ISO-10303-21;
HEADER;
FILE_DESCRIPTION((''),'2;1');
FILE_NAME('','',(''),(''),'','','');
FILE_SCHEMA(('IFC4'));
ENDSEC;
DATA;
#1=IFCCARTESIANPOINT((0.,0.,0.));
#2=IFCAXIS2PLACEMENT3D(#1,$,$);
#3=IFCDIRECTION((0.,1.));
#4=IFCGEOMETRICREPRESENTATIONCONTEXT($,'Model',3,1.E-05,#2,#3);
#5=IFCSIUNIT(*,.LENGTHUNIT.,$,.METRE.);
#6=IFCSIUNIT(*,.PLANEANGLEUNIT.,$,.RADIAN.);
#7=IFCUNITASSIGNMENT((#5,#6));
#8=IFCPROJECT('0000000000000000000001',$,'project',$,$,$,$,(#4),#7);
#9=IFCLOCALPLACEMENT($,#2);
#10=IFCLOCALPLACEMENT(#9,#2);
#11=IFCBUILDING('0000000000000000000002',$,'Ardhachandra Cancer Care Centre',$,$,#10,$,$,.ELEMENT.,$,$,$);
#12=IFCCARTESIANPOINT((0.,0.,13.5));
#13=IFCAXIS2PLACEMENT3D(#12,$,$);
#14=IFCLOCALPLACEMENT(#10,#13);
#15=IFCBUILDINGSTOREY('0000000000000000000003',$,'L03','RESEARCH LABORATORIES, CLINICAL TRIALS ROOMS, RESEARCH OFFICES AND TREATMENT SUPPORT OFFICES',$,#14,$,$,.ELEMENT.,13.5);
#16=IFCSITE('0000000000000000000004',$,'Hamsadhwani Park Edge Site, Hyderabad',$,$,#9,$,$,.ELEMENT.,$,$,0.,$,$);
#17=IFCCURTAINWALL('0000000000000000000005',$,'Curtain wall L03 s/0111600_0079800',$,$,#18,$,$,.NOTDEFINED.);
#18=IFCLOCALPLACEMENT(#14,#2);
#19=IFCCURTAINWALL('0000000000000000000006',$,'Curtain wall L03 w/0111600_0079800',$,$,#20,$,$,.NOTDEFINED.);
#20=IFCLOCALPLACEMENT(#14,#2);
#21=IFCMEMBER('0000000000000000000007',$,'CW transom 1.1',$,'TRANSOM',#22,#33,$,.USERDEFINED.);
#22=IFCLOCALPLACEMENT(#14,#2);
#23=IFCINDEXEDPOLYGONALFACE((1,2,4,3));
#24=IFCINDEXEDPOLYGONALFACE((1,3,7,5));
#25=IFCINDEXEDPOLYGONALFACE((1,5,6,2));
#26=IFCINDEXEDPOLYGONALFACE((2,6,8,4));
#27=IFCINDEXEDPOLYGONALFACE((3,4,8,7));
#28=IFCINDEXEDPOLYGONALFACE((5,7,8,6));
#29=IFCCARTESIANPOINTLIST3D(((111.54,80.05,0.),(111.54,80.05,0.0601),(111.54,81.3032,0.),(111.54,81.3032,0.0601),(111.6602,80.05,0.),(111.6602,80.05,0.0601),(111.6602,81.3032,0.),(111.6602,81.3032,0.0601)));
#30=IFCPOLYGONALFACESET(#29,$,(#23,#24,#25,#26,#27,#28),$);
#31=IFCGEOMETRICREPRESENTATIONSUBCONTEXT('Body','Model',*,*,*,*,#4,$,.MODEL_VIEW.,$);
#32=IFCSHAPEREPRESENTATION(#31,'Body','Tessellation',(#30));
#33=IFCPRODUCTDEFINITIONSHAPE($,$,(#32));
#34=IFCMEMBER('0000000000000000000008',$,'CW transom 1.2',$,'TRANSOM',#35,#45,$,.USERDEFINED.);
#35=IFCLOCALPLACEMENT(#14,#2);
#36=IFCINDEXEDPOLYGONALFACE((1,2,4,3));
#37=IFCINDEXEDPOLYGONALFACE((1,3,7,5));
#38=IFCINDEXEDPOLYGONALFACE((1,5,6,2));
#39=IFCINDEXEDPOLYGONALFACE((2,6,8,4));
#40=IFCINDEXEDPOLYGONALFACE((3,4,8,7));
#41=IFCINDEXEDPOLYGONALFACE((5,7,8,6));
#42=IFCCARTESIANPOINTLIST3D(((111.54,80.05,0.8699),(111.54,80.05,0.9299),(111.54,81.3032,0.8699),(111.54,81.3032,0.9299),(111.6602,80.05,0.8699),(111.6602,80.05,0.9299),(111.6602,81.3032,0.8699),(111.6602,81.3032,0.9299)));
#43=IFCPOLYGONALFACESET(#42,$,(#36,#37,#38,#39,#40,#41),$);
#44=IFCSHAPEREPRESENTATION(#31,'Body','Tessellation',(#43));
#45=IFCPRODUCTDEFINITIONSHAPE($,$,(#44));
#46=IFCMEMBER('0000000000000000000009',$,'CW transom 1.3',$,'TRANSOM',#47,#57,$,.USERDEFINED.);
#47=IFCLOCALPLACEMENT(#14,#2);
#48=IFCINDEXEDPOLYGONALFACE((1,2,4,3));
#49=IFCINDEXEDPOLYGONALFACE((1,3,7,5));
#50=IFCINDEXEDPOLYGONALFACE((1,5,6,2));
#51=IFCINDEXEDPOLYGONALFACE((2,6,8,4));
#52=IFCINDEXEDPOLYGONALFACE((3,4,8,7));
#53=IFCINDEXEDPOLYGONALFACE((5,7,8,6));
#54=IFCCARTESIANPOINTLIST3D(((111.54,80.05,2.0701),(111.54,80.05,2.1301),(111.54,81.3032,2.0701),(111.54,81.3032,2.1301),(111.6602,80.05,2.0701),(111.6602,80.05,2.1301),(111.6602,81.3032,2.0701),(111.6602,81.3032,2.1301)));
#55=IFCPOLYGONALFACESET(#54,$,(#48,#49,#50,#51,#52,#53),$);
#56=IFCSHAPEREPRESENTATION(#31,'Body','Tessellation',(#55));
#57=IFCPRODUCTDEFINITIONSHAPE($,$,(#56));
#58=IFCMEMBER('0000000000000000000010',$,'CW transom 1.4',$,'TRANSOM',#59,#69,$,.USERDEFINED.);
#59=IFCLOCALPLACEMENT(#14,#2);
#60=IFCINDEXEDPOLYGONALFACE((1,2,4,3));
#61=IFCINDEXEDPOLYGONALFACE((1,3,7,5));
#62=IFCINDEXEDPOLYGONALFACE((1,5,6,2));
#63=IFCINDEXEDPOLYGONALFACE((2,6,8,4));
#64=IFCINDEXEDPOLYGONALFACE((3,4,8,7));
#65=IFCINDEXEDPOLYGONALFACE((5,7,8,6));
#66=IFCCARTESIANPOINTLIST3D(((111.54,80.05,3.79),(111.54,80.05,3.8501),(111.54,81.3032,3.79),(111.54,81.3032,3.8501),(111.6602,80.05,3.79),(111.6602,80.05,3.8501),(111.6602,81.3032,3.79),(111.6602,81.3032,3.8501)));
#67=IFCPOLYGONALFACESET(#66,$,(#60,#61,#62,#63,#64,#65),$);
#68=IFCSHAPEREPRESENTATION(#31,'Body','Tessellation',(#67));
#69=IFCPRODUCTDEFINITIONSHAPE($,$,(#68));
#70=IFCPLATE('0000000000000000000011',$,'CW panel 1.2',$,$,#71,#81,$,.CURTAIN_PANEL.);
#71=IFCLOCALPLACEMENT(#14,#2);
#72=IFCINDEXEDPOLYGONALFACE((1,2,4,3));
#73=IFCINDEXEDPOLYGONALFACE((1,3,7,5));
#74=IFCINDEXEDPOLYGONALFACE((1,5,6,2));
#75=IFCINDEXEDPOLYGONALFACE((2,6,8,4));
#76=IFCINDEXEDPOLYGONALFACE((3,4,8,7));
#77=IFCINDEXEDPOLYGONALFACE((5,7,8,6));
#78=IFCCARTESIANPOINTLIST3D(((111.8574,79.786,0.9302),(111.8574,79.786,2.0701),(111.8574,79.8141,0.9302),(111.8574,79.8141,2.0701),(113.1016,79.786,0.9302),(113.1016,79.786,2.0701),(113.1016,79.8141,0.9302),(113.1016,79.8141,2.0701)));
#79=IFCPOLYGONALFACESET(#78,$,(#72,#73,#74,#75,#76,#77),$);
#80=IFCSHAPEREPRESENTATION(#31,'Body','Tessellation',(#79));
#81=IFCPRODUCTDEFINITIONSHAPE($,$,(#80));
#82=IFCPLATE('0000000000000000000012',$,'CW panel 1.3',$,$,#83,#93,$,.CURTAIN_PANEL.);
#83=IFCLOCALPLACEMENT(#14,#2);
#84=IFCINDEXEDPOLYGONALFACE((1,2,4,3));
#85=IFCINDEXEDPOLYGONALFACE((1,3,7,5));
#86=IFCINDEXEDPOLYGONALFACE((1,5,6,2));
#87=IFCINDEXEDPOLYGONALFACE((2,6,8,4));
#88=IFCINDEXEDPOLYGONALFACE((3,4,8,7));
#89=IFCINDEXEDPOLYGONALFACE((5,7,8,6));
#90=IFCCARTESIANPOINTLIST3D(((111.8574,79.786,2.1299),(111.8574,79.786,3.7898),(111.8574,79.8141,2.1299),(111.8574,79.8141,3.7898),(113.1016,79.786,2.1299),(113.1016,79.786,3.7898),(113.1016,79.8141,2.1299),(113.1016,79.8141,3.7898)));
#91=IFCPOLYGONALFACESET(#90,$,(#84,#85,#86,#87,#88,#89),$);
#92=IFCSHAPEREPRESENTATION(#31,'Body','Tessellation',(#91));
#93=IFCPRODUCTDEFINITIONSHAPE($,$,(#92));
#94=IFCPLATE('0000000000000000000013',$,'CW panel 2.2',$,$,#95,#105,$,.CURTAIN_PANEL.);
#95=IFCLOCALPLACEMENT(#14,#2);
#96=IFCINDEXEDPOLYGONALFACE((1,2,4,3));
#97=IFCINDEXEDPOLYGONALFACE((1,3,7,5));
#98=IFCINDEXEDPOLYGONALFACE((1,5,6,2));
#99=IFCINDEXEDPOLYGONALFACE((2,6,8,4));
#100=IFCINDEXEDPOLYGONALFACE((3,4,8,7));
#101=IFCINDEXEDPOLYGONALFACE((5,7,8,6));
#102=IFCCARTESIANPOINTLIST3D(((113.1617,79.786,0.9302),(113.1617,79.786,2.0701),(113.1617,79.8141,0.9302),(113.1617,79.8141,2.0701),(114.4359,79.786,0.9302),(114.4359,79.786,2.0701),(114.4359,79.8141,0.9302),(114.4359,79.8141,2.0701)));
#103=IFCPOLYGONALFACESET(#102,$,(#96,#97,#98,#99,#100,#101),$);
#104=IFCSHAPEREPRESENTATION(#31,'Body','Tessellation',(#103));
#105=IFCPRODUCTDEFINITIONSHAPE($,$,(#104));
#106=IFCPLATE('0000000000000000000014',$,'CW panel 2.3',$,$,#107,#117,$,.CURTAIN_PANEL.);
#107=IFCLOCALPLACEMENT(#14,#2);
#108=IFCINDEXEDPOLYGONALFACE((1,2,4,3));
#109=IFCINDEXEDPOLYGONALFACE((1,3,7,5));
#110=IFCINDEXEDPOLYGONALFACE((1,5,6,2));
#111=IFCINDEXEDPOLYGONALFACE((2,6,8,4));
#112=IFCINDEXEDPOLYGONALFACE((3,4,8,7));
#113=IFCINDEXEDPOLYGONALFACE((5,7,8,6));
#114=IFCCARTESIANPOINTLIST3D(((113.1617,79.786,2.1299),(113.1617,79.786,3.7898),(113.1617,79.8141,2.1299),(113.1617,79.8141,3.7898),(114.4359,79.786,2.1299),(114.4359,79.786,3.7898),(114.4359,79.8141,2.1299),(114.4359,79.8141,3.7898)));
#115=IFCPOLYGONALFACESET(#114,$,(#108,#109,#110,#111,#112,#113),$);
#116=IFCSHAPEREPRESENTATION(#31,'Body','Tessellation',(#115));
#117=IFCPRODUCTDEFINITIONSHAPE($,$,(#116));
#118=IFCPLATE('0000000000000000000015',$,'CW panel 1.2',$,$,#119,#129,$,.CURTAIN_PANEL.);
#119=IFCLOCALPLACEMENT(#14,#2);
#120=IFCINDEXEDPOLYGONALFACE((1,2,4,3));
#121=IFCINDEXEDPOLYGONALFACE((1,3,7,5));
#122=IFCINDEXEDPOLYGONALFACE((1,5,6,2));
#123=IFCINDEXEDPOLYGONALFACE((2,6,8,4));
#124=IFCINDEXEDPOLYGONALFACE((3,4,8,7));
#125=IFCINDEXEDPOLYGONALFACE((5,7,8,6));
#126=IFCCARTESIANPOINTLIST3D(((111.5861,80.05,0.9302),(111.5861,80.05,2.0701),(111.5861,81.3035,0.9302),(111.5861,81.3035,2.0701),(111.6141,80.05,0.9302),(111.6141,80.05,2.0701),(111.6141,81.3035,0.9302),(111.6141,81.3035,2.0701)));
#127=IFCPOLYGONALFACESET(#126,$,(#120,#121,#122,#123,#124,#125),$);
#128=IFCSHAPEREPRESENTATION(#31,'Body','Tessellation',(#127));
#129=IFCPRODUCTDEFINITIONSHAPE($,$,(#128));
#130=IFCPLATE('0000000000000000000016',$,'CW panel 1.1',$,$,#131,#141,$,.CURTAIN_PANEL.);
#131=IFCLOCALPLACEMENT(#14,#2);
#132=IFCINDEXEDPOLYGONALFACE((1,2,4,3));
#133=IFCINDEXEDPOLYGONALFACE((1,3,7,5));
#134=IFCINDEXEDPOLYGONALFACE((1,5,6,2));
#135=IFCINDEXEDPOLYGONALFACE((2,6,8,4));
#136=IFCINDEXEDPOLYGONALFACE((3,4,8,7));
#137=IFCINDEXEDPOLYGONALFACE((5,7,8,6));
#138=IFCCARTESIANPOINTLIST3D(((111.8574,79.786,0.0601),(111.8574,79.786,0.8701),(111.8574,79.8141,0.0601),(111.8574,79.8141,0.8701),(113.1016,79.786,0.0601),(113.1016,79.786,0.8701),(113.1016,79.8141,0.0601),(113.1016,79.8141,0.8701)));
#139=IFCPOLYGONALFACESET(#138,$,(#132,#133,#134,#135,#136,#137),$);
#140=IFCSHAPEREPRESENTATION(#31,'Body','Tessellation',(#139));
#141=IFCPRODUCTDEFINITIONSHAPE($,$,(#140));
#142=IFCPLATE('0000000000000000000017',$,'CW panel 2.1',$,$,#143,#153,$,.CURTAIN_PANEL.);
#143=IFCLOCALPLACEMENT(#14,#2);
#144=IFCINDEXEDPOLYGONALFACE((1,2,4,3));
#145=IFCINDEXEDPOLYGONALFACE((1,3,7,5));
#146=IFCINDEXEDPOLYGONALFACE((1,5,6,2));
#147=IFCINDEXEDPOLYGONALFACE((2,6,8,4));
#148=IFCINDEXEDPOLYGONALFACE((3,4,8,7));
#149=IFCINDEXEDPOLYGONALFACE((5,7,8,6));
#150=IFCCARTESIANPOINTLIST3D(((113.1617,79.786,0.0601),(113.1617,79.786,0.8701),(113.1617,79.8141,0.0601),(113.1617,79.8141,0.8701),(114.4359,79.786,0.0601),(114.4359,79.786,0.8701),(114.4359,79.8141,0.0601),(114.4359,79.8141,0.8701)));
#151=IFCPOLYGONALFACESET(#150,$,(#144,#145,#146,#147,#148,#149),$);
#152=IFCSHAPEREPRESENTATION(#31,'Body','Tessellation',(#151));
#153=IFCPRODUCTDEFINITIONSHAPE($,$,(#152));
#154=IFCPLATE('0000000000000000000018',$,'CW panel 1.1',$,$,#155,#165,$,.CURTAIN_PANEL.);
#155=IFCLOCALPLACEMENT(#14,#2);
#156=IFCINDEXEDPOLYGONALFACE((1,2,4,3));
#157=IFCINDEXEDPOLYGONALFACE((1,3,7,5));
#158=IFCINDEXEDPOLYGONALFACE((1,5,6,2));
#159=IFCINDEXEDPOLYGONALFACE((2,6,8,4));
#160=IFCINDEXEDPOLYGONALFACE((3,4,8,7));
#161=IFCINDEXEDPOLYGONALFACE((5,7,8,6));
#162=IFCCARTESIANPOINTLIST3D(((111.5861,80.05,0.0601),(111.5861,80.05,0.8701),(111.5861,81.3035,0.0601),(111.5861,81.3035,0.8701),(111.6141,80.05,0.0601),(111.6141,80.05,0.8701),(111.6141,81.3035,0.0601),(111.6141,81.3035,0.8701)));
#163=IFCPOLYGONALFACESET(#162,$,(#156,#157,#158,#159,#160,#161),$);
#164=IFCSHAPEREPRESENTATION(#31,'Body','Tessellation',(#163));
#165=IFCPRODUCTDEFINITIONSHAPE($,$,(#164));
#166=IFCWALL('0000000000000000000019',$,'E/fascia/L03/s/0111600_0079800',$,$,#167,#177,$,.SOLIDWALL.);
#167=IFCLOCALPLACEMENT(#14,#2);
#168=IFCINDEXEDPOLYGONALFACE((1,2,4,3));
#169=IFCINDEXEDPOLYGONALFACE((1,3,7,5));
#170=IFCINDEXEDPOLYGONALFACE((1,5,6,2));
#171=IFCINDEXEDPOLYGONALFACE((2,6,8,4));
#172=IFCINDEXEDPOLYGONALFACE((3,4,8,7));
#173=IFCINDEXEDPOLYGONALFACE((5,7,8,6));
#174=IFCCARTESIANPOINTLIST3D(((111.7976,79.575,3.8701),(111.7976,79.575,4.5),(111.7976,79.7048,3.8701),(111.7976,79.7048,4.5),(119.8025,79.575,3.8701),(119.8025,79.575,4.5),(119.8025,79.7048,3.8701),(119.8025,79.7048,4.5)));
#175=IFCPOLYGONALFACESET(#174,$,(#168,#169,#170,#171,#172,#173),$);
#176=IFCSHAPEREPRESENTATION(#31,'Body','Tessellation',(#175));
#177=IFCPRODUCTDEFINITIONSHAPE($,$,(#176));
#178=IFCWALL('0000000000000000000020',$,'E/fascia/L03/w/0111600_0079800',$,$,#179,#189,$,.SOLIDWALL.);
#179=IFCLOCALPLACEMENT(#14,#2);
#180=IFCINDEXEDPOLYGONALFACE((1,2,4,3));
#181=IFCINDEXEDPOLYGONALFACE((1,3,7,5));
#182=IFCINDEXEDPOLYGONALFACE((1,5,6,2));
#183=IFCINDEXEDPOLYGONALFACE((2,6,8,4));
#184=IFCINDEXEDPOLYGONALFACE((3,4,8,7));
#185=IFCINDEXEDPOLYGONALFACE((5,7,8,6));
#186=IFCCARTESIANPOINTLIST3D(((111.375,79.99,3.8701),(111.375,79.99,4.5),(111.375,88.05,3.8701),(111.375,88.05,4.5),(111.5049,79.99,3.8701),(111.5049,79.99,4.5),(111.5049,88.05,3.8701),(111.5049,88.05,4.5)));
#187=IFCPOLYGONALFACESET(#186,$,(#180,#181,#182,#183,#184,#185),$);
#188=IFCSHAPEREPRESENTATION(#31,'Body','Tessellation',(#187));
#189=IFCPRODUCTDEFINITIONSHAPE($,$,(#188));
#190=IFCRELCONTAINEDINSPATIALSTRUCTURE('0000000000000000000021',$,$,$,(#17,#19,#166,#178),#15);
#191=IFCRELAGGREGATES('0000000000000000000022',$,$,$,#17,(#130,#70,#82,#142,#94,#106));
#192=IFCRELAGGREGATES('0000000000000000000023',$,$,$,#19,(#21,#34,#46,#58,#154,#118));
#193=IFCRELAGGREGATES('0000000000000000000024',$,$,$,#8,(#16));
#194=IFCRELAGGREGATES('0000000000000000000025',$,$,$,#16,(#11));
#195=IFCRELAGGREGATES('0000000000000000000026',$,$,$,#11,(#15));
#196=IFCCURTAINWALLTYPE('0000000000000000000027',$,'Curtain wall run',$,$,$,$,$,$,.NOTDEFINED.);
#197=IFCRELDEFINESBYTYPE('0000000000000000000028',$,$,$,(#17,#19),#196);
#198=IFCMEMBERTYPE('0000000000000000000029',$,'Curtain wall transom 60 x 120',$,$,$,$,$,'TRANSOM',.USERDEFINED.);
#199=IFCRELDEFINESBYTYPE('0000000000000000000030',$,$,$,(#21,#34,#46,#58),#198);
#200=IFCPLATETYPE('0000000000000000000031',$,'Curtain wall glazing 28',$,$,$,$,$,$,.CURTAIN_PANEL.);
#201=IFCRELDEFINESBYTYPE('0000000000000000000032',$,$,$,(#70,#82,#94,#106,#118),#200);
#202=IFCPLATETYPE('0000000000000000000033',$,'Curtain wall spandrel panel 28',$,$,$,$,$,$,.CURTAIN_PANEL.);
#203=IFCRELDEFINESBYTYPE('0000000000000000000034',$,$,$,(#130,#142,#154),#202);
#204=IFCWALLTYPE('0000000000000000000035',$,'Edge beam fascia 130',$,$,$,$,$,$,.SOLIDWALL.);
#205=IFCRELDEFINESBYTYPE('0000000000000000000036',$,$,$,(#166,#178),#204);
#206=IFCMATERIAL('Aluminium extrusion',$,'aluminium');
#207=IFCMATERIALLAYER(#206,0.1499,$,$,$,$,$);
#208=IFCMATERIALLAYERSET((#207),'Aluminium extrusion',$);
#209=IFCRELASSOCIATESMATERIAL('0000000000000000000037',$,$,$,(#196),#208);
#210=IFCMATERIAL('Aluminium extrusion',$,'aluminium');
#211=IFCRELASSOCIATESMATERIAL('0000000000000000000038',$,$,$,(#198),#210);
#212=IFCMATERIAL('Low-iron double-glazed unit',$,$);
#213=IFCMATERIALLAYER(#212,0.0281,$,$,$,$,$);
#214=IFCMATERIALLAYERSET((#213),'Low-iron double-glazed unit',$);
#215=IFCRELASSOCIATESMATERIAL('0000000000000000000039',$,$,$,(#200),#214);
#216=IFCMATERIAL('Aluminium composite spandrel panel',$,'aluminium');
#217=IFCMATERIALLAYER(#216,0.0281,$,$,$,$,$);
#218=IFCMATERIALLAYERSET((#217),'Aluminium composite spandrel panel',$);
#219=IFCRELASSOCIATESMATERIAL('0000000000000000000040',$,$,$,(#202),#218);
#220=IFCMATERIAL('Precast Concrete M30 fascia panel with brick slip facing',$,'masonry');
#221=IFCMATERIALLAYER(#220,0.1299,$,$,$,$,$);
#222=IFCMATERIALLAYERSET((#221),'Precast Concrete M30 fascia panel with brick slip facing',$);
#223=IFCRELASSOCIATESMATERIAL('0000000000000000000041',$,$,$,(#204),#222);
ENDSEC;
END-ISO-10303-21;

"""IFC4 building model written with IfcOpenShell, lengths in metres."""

from ifc_helpers import new_model, si_unit, direction, frame, frame_2d, origin, origin_2d, place, context, subcontext, project, spatial, rectangle, extrude, material, layer, layer_set, material_profile, profile_set, type_object, element, aggregate, save


model = new_model("IFC4")

# Units and contexts
model_context = context("Model", 3, precision=1e-05, world=origin(), true_north=direction((0.0, 1.0)))
body_context = subcontext(model_context, "Body", "Model", "MODEL_VIEW")
ifc_project = project(units=[si_unit("LENGTHUNIT", "METRE"), si_unit("PLANEANGLEUNIT", "RADIAN")], contexts=[model_context])

# Site, building, storey
site_placement = place(None, origin())
site = spatial("IfcSite", under=ifc_project, at=site_placement, Name="Hamsadhwani Park Edge Site, Hyderabad", CompositionType="ELEMENT", RefElevation=0.0)
building_placement = place(site_placement, origin())
building = spatial("IfcBuilding", under=site, at=building_placement, Name="Ardhachandra Cancer Care Centre", CompositionType="ELEMENT")
storey_placement = place(building_placement, frame((0.0, 0.0, 13.5)))
storey = spatial("IfcBuildingStorey", under=building, at=storey_placement, Name="L03", Description="RESEARCH LABORATORIES, CLINICAL TRIALS ROOMS, RESEARCH OFFICES AND TREATMENT SUPPORT OFFICES", CompositionType="ELEMENT", Elevation=13.5)

# Curtain wall
ifc_material_1 = material(Name="Aluminium extrusion", Category="aluminium")
ifc_layer_1 = layer(ifc_material_1, 0.1499)
ifc_layer_set_1 = layer_set([ifc_layer_1], Name="Aluminium extrusion")
curtain_wall_type = type_object("IfcCurtainWallType", Name="Curtain wall run", PredefinedType="NOTDEFINED", material=ifc_layer_set_1)
curtain_wall_1_placement = place(storey_placement, origin())
curtain_wall_1 = element("IfcCurtainWall", 1, at=curtain_wall_1_placement, inside=storey, type_object=curtain_wall_type, Name="Curtain wall L03 s/0111600_0079800", PredefinedType="NOTDEFINED")

# Curtain wall
curtain_wall_2_placement = place(storey_placement, origin())
curtain_wall_2 = element("IfcCurtainWall", 2, at=curtain_wall_2_placement, inside=storey, type_object=curtain_wall_type, Name="Curtain wall L03 w/0111600_0079800", PredefinedType="NOTDEFINED")

# Members
ifc_material_2 = material(Name="Aluminium extrusion", Category="aluminium")
ifc_material_profile_1 = material_profile(ifc_material_2, rectangle(XDim=0.1201, YDim=0.0601, at=origin_2d()), Name="Curtain wall transom 60 x 120")
ifc_profile_set_1 = profile_set([ifc_material_profile_1], Name="Aluminium extrusion")
member_type_1 = type_object("IfcMemberType", Name="Curtain wall transom 60 x 120", ElementType="TRANSOM", PredefinedType="USERDEFINED", material=ifc_profile_set_1)
member_1_placement = place(storey_placement, frame((111.6001, 80.05, 0.03), z_axis=(0.0, 1.0, 0.0), x_axis=(-1.0, 0.0, 0.0)))
member_1 = element("IfcMember", 3, at=member_1_placement, type_object=member_type_1, Name="CW transom 1.1", ObjectType="TRANSOM", PredefinedType="USERDEFINED", context=body_context, shape_type="SweptSolid", body=[
    extrude(rectangle(XDim=0.1201, YDim=0.0601, at=origin_2d()), origin(), (0.0, 0.0, 1.0), 1.2532),
])
member_2_placement = place(storey_placement, frame((111.6001, 80.05, 0.8999), z_axis=(0.0, 1.0, 0.0), x_axis=(-1.0, 0.0, 0.0)))
member_2 = element("IfcMember", 4, at=member_2_placement, type_object=member_type_1, Name="CW transom 1.2", ObjectType="TRANSOM", PredefinedType="USERDEFINED", context=body_context, shape_type="SweptSolid", body=[
    extrude(rectangle(XDim=0.1201, YDim=0.0601, at=origin_2d()), origin(), (0.0, 0.0, 1.0), 1.2532),
])
member_3_placement = place(storey_placement, frame((111.6001, 80.05, 2.1001), z_axis=(0.0, 1.0, 0.0), x_axis=(-1.0, 0.0, 0.0)))
member_3 = element("IfcMember", 5, at=member_3_placement, type_object=member_type_1, Name="CW transom 1.3", ObjectType="TRANSOM", PredefinedType="USERDEFINED", context=body_context, shape_type="SweptSolid", body=[
    extrude(rectangle(XDim=0.1201, YDim=0.0601, at=origin_2d()), origin(), (0.0, 0.0, 1.0), 1.2532),
])
member_4_placement = place(storey_placement, frame((111.6001, 80.05, 3.8201), z_axis=(0.0, 1.0, 0.0), x_axis=(-1.0, 0.0, 0.0)))
member_4 = element("IfcMember", 6, at=member_4_placement, type_object=member_type_1, Name="CW transom 1.4", ObjectType="TRANSOM", PredefinedType="USERDEFINED", context=body_context, shape_type="SweptSolid", body=[
    extrude(rectangle(XDim=0.1201, YDim=0.0601, at=origin_2d()), origin(), (0.0, 0.0, 1.0), 1.2532),
])

# Plates
ifc_material_3 = material(Name="Low-iron double-glazed unit")
ifc_layer_2 = layer(ifc_material_3, 0.0281)
ifc_layer_set_2 = layer_set([ifc_layer_2], Name="Low-iron double-glazed unit")
plate_type_1 = type_object("IfcPlateType", Name="Curtain wall glazing 28", PredefinedType="CURTAIN_PANEL", material=ifc_layer_set_2)
plate_1_placement = place(storey_placement, frame((112.4795, 79.8, 0.9302), z_axis=(0.0, 0.0, 1.0), x_axis=(1.0, 0.0, 0.0)))
plate_1 = element("IfcPlate", 7, at=plate_1_placement, type_object=plate_type_1, Name="CW panel 1.2", PredefinedType="CURTAIN_PANEL", context=body_context, shape_type="SweptSolid", body=[
    extrude(rectangle(XDim=1.2441, YDim=0.0281, at=origin_2d()), origin(), (0.0, 0.0, 1.0), 1.1399),
])
plate_2_placement = place(storey_placement, frame((112.4795, 79.8, 2.1299), z_axis=(0.0, 0.0, 1.0), x_axis=(1.0, 0.0, 0.0)))
plate_2 = element("IfcPlate", 8, at=plate_2_placement, type_object=plate_type_1, Name="CW panel 1.3", PredefinedType="CURTAIN_PANEL", context=body_context, shape_type="SweptSolid", body=[
    extrude(rectangle(XDim=1.2441, YDim=0.0281, at=origin_2d()), origin(), (0.0, 0.0, 1.0), 1.6599),
])
plate_3_placement = place(storey_placement, frame((113.7988, 79.8, 0.9302), z_axis=(0.0, 0.0, 1.0), x_axis=(1.0, 0.0, 0.0)))
plate_3 = element("IfcPlate", 9, at=plate_3_placement, type_object=plate_type_1, Name="CW panel 2.2", PredefinedType="CURTAIN_PANEL", context=body_context, shape_type="SweptSolid", body=[
    extrude(rectangle(XDim=1.2742, YDim=0.0281, at=origin_2d()), origin(), (0.0, 0.0, 1.0), 1.1399),
])
plate_4_placement = place(storey_placement, frame((113.7988, 79.8, 2.1299), z_axis=(0.0, 0.0, 1.0), x_axis=(1.0, 0.0, 0.0)))
plate_4 = element("IfcPlate", 10, at=plate_4_placement, type_object=plate_type_1, Name="CW panel 2.3", PredefinedType="CURTAIN_PANEL", context=body_context, shape_type="SweptSolid", body=[
    extrude(rectangle(XDim=1.2742, YDim=0.0281, at=origin_2d()), origin(), (0.0, 0.0, 1.0), 1.6599),
])
plate_5_placement = place(storey_placement, frame((111.6001, 80.6768, 0.9302), z_axis=(0.0, 0.0, 1.0), x_axis=(0.0, 1.0, 0.0)))
plate_5 = element("IfcPlate", 11, at=plate_5_placement, type_object=plate_type_1, Name="CW panel 1.2", PredefinedType="CURTAIN_PANEL", context=body_context, shape_type="SweptSolid", body=[
    extrude(rectangle(XDim=1.2534, YDim=0.0281, at=origin_2d()), origin(), (0.0, 0.0, 1.0), 1.1399),
])
ifc_material_4 = material(Name="Aluminium composite spandrel panel", Category="aluminium")
ifc_layer_3 = layer(ifc_material_4, 0.0281)
ifc_layer_set_3 = layer_set([ifc_layer_3], Name="Aluminium composite spandrel panel")
plate_type_2 = type_object("IfcPlateType", Name="Curtain wall spandrel panel 28", PredefinedType="CURTAIN_PANEL", material=ifc_layer_set_3)
plate_6_placement = place(storey_placement, frame((112.4795, 79.8, 0.0601), z_axis=(0.0, 0.0, 1.0), x_axis=(1.0, 0.0, 0.0)))
plate_6 = element("IfcPlate", 12, at=plate_6_placement, type_object=plate_type_2, Name="CW panel 1.1", PredefinedType="CURTAIN_PANEL", context=body_context, shape_type="SweptSolid", body=[
    extrude(rectangle(XDim=1.2441, YDim=0.0281, at=origin_2d()), origin(), (0.0, 0.0, 1.0), 0.8101),
])
plate_7_placement = place(storey_placement, frame((113.7988, 79.8, 0.0601), z_axis=(0.0, 0.0, 1.0), x_axis=(1.0, 0.0, 0.0)))
plate_7 = element("IfcPlate", 13, at=plate_7_placement, type_object=plate_type_2, Name="CW panel 2.1", PredefinedType="CURTAIN_PANEL", context=body_context, shape_type="SweptSolid", body=[
    extrude(rectangle(XDim=1.2742, YDim=0.0281, at=origin_2d()), origin(), (0.0, 0.0, 1.0), 0.8101),
])
aggregate(curtain_wall_1, [plate_6, plate_1, plate_2, plate_7, plate_3, plate_4])
plate_8_placement = place(storey_placement, frame((111.6001, 80.6768, 0.0601), z_axis=(0.0, 0.0, 1.0), x_axis=(0.0, 1.0, 0.0)))
plate_8 = element("IfcPlate", 14, at=plate_8_placement, type_object=plate_type_2, Name="CW panel 1.1", PredefinedType="CURTAIN_PANEL", context=body_context, shape_type="SweptSolid", body=[
    extrude(rectangle(XDim=1.2534, YDim=0.0281, at=origin_2d()), origin(), (0.0, 0.0, 1.0), 0.8101),
])
aggregate(curtain_wall_2, [member_1, member_2, member_3, member_4, plate_8, plate_5])

# Walls
ifc_material_5 = material(Name="Precast Concrete M30 fascia panel with brick slip facing", Category="masonry")
ifc_layer_4 = layer(ifc_material_5, 0.1299)
ifc_layer_set_4 = layer_set([ifc_layer_4], Name="Precast Concrete M30 fascia panel with brick slip facing")
wall_type = type_object("IfcWallType", Name="Edge beam fascia 130", PredefinedType="SOLIDWALL", material=ifc_layer_set_4)
wall_1_placement = place(storey_placement, frame((111.7976, 79.6399, 3.8701), z_axis=(0.0, 0.0, 1.0), x_axis=(1.0, 0.0, 0.0)))
element("IfcWall", 15, at=wall_1_placement, inside=storey, type_object=wall_type, Name="E/fascia/L03/s/0111600_0079800", PredefinedType="SOLIDWALL", context=body_context, shape_type="SweptSolid", body=[
    extrude(rectangle(XDim=8.0049, YDim=0.1299, at=frame_2d((4.0024, 0.0))), origin(), (0.0, 0.0, 1.0), 0.6299),
])
wall_2_placement = place(storey_placement, frame((111.4399, 79.99, 3.8701), z_axis=(0.0, 0.0, 1.0), x_axis=(0.0, 1.0, 0.0)))
element("IfcWall", 16, at=wall_2_placement, inside=storey, type_object=wall_type, Name="E/fascia/L03/w/0111600_0079800", PredefinedType="SOLIDWALL", context=body_context, shape_type="SweptSolid", body=[
    extrude(rectangle(XDim=8.0601, YDim=0.1299, at=frame_2d((4.03, 0.0))), origin(), (0.0, 0.0, 1.0), 0.6299),
])

save(model, "model.ifc")
